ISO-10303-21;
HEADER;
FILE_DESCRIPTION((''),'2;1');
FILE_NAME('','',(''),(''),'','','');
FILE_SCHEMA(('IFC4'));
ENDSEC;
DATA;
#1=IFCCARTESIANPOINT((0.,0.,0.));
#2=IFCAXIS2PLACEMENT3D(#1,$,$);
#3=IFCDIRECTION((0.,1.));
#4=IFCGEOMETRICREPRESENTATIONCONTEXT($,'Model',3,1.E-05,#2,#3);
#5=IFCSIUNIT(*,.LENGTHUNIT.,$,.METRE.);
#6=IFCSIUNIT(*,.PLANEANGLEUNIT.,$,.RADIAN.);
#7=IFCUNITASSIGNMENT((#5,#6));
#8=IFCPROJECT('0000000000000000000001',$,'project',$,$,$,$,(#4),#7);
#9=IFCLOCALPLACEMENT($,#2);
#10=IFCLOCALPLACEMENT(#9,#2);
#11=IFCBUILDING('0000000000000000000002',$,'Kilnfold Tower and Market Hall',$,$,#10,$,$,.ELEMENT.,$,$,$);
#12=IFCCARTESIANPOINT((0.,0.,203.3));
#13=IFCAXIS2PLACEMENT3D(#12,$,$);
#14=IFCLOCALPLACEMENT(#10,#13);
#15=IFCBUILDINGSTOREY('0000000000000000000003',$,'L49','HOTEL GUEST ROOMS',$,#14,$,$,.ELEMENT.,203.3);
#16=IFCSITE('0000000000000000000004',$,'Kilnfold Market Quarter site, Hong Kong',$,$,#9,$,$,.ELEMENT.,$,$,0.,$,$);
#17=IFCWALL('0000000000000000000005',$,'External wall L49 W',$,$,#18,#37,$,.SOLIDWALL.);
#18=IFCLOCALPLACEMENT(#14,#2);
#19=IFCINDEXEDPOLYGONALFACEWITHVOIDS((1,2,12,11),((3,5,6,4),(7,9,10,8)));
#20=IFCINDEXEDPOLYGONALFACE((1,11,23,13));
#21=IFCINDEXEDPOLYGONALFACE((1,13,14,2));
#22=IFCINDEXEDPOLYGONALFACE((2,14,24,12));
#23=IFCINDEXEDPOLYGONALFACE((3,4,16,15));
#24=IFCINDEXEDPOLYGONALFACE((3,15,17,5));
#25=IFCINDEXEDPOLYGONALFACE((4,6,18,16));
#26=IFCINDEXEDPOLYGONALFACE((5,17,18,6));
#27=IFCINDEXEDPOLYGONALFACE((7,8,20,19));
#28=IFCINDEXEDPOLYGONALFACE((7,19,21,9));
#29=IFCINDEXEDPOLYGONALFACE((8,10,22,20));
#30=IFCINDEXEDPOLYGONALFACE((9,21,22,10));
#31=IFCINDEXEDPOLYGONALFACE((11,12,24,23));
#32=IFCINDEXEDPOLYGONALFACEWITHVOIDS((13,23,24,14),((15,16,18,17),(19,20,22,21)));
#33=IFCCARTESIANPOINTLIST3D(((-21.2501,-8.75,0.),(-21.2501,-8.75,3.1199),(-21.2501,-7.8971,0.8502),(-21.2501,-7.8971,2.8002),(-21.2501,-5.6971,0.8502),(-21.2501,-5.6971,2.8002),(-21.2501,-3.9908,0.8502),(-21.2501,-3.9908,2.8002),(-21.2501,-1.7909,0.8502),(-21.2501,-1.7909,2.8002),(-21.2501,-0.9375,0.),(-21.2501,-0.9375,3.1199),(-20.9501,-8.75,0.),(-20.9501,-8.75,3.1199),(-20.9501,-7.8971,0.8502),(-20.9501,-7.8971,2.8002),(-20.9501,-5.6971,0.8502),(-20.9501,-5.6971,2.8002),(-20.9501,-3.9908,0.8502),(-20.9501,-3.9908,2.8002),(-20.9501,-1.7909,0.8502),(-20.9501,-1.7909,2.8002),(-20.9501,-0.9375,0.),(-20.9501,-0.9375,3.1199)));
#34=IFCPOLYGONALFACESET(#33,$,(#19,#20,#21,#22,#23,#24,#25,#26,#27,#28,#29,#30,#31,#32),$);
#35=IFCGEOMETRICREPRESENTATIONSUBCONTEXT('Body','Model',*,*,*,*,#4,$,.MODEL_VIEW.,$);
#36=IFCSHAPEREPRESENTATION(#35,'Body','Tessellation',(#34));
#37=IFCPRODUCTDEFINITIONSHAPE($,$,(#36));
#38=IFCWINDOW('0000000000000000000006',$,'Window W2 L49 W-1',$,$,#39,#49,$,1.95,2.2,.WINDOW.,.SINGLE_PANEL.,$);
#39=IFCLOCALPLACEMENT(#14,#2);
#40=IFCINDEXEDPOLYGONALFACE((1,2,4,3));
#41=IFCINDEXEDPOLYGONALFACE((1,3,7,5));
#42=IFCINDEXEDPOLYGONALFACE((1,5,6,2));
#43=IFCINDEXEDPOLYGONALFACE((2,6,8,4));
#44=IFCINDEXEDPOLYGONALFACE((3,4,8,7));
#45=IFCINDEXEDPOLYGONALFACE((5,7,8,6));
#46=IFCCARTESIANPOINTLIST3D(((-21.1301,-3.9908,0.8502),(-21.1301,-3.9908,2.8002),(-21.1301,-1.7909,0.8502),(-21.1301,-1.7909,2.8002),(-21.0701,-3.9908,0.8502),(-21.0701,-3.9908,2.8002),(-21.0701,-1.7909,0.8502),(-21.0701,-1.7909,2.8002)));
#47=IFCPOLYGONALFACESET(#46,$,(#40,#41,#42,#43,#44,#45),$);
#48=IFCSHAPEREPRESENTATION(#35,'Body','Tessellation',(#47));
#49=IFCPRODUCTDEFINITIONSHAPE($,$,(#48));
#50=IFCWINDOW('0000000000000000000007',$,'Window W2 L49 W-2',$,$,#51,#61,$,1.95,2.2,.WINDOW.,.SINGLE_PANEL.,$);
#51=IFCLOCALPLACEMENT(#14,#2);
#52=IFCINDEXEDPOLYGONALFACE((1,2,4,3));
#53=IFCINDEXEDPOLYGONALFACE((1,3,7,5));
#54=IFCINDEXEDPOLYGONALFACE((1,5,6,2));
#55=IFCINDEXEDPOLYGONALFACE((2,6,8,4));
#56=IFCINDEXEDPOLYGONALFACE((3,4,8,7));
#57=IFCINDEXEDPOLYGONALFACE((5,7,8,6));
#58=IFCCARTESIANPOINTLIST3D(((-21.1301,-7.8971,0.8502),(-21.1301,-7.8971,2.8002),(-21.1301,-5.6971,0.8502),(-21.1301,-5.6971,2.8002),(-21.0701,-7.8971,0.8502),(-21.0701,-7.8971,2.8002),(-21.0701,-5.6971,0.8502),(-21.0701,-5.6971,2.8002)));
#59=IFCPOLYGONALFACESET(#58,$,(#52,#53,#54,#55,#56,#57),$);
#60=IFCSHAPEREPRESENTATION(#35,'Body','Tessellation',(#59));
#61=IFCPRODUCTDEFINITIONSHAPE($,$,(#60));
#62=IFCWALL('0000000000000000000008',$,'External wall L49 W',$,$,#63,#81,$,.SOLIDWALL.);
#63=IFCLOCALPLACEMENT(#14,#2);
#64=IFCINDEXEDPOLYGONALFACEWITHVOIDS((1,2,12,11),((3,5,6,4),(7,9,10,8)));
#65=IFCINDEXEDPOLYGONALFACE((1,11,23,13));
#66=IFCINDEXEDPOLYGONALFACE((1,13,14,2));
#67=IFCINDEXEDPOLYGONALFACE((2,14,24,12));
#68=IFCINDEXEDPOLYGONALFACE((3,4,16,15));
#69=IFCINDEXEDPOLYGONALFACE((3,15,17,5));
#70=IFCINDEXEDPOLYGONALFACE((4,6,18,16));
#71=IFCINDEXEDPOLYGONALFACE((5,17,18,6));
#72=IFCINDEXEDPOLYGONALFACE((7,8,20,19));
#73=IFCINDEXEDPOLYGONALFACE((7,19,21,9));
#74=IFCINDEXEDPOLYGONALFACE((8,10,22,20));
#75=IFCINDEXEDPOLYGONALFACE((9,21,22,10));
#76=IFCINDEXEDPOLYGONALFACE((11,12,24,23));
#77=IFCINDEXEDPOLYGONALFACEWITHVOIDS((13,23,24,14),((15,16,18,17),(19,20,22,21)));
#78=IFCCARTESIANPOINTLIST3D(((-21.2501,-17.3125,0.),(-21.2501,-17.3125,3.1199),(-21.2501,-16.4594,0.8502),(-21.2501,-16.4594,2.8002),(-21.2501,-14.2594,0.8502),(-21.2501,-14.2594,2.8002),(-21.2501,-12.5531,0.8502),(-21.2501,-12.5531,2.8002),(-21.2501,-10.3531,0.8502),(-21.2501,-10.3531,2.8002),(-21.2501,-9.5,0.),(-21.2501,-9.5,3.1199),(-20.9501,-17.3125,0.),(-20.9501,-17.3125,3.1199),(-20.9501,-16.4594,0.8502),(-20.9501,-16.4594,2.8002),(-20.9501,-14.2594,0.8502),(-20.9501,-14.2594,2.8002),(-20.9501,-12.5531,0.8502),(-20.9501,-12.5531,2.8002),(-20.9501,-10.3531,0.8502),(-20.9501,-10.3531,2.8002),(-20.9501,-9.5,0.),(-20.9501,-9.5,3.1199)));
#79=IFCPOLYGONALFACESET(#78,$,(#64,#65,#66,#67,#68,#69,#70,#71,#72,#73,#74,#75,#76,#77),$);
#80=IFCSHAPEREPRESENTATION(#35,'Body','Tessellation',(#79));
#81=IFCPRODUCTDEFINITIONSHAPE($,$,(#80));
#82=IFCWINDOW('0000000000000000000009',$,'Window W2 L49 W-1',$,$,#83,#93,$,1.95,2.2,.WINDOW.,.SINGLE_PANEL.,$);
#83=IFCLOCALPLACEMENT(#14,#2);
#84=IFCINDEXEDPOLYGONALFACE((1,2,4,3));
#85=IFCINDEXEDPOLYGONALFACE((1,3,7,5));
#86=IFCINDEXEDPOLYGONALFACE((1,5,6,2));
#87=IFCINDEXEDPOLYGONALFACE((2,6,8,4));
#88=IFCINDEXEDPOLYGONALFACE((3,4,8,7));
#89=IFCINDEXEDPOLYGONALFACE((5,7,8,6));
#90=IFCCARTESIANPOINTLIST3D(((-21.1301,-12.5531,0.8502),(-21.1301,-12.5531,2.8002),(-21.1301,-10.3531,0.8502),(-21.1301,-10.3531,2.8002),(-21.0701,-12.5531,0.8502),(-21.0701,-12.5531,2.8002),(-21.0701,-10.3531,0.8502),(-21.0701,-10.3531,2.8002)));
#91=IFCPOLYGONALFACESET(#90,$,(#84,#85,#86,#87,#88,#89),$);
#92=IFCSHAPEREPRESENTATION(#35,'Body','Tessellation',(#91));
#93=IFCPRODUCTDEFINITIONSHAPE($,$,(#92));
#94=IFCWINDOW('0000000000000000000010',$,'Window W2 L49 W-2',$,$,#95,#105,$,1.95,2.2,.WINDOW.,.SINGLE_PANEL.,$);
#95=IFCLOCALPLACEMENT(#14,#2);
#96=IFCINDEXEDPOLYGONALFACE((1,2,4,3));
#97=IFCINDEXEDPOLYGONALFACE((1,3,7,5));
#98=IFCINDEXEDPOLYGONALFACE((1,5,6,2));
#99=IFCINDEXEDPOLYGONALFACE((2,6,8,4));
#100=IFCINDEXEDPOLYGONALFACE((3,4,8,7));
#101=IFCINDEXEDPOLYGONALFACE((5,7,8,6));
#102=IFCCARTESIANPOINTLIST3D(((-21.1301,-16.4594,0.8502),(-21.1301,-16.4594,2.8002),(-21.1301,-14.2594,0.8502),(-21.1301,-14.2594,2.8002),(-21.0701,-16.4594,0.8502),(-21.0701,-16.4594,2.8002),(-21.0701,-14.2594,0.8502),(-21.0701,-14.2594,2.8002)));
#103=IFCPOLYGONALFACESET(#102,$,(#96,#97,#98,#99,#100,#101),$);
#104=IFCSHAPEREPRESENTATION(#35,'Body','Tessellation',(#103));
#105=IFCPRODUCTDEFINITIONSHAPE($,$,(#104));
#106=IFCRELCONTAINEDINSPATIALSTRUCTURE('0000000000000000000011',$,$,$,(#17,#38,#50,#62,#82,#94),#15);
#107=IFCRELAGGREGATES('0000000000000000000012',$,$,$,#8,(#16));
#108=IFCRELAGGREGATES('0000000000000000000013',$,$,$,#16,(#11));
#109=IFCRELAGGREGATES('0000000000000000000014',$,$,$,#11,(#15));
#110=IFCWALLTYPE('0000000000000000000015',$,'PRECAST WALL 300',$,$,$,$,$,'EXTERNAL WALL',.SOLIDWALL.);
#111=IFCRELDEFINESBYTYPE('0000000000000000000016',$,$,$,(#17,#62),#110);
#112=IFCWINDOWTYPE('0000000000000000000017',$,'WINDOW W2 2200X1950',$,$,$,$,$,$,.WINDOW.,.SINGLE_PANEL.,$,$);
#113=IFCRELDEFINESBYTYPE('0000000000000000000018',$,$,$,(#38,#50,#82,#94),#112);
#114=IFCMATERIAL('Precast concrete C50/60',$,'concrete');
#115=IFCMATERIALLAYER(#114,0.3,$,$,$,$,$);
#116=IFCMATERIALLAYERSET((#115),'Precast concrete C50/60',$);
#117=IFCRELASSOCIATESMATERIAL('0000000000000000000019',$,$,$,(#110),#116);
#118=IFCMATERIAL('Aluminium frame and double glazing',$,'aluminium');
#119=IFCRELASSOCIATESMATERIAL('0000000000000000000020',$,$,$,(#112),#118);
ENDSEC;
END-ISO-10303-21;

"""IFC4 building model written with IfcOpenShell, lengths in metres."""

from ifc_helpers import new_model, si_unit, direction, frame, frame_2d, origin, place, context, subcontext, project, spatial, rectangle, extrude, source, transform, mapped, material, layer, layer_set, type_object, element, fill, save


model = new_model("IFC4")

# Units and contexts
model_context = context("Model", 3, precision=1e-05, world=origin(), true_north=direction((0.0, 1.0)))
body_context = subcontext(model_context, "Body", "Model", "MODEL_VIEW")
ifc_project = project(units=[si_unit("LENGTHUNIT", "METRE"), si_unit("PLANEANGLEUNIT", "RADIAN")], contexts=[model_context])

# Site, building, storey
site_placement = place(None, origin())
site = spatial("IfcSite", under=ifc_project, at=site_placement, Name="Kilnfold Market Quarter site, Hong Kong", CompositionType="ELEMENT", RefElevation=0.0)
building_placement = place(site_placement, origin())
building = spatial("IfcBuilding", under=site, at=building_placement, Name="Kilnfold Tower and Market Hall", CompositionType="ELEMENT")
storey_placement = place(building_placement, frame((0.0, 0.0, 203.3)))
storey = spatial("IfcBuildingStorey", under=building, at=storey_placement, Name="L49", Description="HOTEL GUEST ROOMS", CompositionType="ELEMENT", Elevation=203.3)

# Walls, openings, windows
ifc_material_1 = material(Name="Precast concrete C50/60", Category="concrete")
ifc_layer_1 = layer(ifc_material_1, 0.3)
ifc_layer_set_1 = layer_set([ifc_layer_1], Name="Precast concrete C50/60")
wall_type_1 = type_object("IfcWallType", Name="PRECAST WALL 300", ElementType="EXTERNAL WALL", PredefinedType="SOLIDWALL", material=ifc_layer_set_1)
shared_shape_1 = source(origin(), body_context, "Body", "SweptSolid", [
    extrude(rectangle(XDim=7.8125, YDim=0.3, at=frame_2d((3.9062, 0.0))), origin(), (0.0, 0.0, 1.0), 3.1199),
])
wall_1_placement = place(storey_placement, frame((-21.1001, -0.9375, 0.0), z_axis=(0.0, 0.0, 1.0), x_axis=(0.0, -1.0, 0.0)))
wall_1 = element("IfcWall", 1, at=wall_1_placement, inside=storey, type_object=wall_type_1, Name="External wall L49 W", PredefinedType="SOLIDWALL", context=body_context, shape_type="MappedRepresentation", body=[
    mapped(shared_shape_1, transform((0.0, 0.0, 0.0))),
])
opening_1_placement = place(wall_1_placement, frame((0.8533, 0.0, 0.8501)))
opening_1 = element("IfcOpeningElement", 2, at=opening_1_placement, cuts=wall_1, PredefinedType="OPENING", context=body_context, shape_type="SweptSolid", body=[
    extrude(rectangle(XDim=2.2, YDim=1.95, at=frame_2d((1.1001, 0.9751))), frame((0.0, 0.1602, 0.0), z_axis=(0.0, -1.0, 0.0), x_axis=(1.0, 0.0, 0.0)), (0.0, 0.0, 1.0), 0.3201),
])
opening_2_placement = place(wall_1_placement, frame((4.7595, 0.0, 0.8501)))
opening_2 = element("IfcOpeningElement", 3, at=opening_2_placement, cuts=wall_1, PredefinedType="OPENING", context=body_context, shape_type="SweptSolid", body=[
    extrude(rectangle(XDim=2.2, YDim=1.95, at=frame_2d((1.1001, 0.9751))), frame((0.0, 0.1602, 0.0), z_axis=(0.0, -1.0, 0.0), x_axis=(1.0, 0.0, 0.0)), (0.0, 0.0, 1.0), 0.3201),
])
ifc_material_2 = material(Name="Aluminium frame and double glazing", Category="aluminium")
window_type = type_object("IfcWindowType", Name="WINDOW W2 2200X1950", PartitioningType="SINGLE_PANEL", PredefinedType="WINDOW", material=ifc_material_2)
window_1_placement = place(opening_1_placement, origin())
window_1 = element("IfcWindow", 4, at=window_1_placement, inside=storey, type_object=window_type, Name="Window W2 L49 W-1", OverallHeight=1.95, OverallWidth=2.2, PartitioningType="SINGLE_PANEL", PredefinedType="WINDOW", context=body_context, shape_type="SweptSolid", body=[
    extrude(rectangle(XDim=2.2, YDim=1.95, at=frame_2d((1.1001, 0.9751))), frame((0.0, 0.03, 0.0), z_axis=(0.0, -1.0, 0.0), x_axis=(1.0, 0.0, 0.0)), (0.0, 0.0, 1.0), 0.0601),
])
fill(opening_1, window_1)
window_2_placement = place(opening_2_placement, origin())
window_2 = element("IfcWindow", 5, at=window_2_placement, inside=storey, type_object=window_type, Name="Window W2 L49 W-2", OverallHeight=1.95, OverallWidth=2.2, PartitioningType="SINGLE_PANEL", PredefinedType="WINDOW", context=body_context, shape_type="SweptSolid", body=[
    extrude(rectangle(XDim=2.2, YDim=1.95, at=frame_2d((1.1001, 0.9751))), frame((0.0, 0.03, 0.0), z_axis=(0.0, -1.0, 0.0), x_axis=(1.0, 0.0, 0.0)), (0.0, 0.0, 1.0), 0.0601),
])
fill(opening_2, window_2)
wall_2_placement = place(storey_placement, frame((-21.1001, -9.5, 0.0), z_axis=(0.0, 0.0, 1.0), x_axis=(0.0, -1.0, 0.0)))
wall_2 = element("IfcWall", 6, at=wall_2_placement, inside=storey, type_object=wall_type_1, Name="External wall L49 W", PredefinedType="SOLIDWALL", context=body_context, shape_type="MappedRepresentation", body=[
    mapped(shared_shape_1, transform((0.0, 0.0, 0.0))),
])
opening_3_placement = place(wall_2_placement, frame((0.853, 0.0, 0.8501)))
opening_3 = element("IfcOpeningElement", 7, at=opening_3_placement, cuts=wall_2, PredefinedType="OPENING", context=body_context, shape_type="SweptSolid", body=[
    extrude(rectangle(XDim=2.2, YDim=1.95, at=frame_2d((1.1001, 0.9751))), frame((0.0, 0.1602, 0.0), z_axis=(0.0, -1.0, 0.0), x_axis=(1.0, 0.0, 0.0)), (0.0, 0.0, 1.0), 0.3201),
])
opening_4_placement = place(wall_2_placement, frame((4.7593, 0.0, 0.8501)))
opening_4 = element("IfcOpeningElement", 8, at=opening_4_placement, cuts=wall_2, PredefinedType="OPENING", context=body_context, shape_type="SweptSolid", body=[
    extrude(rectangle(XDim=2.2, YDim=1.95, at=frame_2d((1.1001, 0.9751))), frame((0.0, 0.1602, 0.0), z_axis=(0.0, -1.0, 0.0), x_axis=(1.0, 0.0, 0.0)), (0.0, 0.0, 1.0), 0.3201),
])
window_3_placement = place(opening_3_placement, origin())
window_3 = element("IfcWindow", 9, at=window_3_placement, inside=storey, type_object=window_type, Name="Window W2 L49 W-1", OverallHeight=1.95, OverallWidth=2.2, PartitioningType="SINGLE_PANEL", PredefinedType="WINDOW", context=body_context, shape_type="SweptSolid", body=[
    extrude(rectangle(XDim=2.2, YDim=1.95, at=frame_2d((1.1001, 0.9751))), frame((0.0, 0.03, 0.0), z_axis=(0.0, -1.0, 0.0), x_axis=(1.0, 0.0, 0.0)), (0.0, 0.0, 1.0), 0.0601),
])
fill(opening_3, window_3)
window_4_placement = place(opening_4_placement, origin())
window_4 = element("IfcWindow", 10, at=window_4_placement, inside=storey, type_object=window_type, Name="Window W2 L49 W-2", OverallHeight=1.95, OverallWidth=2.2, PartitioningType="SINGLE_PANEL", PredefinedType="WINDOW", context=body_context, shape_type="SweptSolid", body=[
    extrude(rectangle(XDim=2.2, YDim=1.95, at=frame_2d((1.1001, 0.9751))), frame((0.0, 0.03, 0.0), z_axis=(0.0, -1.0, 0.0), x_axis=(1.0, 0.0, 0.0)), (0.0, 0.0, 1.0), 0.0601),
])
fill(opening_4, window_4)

save(model, "model.ifc")
